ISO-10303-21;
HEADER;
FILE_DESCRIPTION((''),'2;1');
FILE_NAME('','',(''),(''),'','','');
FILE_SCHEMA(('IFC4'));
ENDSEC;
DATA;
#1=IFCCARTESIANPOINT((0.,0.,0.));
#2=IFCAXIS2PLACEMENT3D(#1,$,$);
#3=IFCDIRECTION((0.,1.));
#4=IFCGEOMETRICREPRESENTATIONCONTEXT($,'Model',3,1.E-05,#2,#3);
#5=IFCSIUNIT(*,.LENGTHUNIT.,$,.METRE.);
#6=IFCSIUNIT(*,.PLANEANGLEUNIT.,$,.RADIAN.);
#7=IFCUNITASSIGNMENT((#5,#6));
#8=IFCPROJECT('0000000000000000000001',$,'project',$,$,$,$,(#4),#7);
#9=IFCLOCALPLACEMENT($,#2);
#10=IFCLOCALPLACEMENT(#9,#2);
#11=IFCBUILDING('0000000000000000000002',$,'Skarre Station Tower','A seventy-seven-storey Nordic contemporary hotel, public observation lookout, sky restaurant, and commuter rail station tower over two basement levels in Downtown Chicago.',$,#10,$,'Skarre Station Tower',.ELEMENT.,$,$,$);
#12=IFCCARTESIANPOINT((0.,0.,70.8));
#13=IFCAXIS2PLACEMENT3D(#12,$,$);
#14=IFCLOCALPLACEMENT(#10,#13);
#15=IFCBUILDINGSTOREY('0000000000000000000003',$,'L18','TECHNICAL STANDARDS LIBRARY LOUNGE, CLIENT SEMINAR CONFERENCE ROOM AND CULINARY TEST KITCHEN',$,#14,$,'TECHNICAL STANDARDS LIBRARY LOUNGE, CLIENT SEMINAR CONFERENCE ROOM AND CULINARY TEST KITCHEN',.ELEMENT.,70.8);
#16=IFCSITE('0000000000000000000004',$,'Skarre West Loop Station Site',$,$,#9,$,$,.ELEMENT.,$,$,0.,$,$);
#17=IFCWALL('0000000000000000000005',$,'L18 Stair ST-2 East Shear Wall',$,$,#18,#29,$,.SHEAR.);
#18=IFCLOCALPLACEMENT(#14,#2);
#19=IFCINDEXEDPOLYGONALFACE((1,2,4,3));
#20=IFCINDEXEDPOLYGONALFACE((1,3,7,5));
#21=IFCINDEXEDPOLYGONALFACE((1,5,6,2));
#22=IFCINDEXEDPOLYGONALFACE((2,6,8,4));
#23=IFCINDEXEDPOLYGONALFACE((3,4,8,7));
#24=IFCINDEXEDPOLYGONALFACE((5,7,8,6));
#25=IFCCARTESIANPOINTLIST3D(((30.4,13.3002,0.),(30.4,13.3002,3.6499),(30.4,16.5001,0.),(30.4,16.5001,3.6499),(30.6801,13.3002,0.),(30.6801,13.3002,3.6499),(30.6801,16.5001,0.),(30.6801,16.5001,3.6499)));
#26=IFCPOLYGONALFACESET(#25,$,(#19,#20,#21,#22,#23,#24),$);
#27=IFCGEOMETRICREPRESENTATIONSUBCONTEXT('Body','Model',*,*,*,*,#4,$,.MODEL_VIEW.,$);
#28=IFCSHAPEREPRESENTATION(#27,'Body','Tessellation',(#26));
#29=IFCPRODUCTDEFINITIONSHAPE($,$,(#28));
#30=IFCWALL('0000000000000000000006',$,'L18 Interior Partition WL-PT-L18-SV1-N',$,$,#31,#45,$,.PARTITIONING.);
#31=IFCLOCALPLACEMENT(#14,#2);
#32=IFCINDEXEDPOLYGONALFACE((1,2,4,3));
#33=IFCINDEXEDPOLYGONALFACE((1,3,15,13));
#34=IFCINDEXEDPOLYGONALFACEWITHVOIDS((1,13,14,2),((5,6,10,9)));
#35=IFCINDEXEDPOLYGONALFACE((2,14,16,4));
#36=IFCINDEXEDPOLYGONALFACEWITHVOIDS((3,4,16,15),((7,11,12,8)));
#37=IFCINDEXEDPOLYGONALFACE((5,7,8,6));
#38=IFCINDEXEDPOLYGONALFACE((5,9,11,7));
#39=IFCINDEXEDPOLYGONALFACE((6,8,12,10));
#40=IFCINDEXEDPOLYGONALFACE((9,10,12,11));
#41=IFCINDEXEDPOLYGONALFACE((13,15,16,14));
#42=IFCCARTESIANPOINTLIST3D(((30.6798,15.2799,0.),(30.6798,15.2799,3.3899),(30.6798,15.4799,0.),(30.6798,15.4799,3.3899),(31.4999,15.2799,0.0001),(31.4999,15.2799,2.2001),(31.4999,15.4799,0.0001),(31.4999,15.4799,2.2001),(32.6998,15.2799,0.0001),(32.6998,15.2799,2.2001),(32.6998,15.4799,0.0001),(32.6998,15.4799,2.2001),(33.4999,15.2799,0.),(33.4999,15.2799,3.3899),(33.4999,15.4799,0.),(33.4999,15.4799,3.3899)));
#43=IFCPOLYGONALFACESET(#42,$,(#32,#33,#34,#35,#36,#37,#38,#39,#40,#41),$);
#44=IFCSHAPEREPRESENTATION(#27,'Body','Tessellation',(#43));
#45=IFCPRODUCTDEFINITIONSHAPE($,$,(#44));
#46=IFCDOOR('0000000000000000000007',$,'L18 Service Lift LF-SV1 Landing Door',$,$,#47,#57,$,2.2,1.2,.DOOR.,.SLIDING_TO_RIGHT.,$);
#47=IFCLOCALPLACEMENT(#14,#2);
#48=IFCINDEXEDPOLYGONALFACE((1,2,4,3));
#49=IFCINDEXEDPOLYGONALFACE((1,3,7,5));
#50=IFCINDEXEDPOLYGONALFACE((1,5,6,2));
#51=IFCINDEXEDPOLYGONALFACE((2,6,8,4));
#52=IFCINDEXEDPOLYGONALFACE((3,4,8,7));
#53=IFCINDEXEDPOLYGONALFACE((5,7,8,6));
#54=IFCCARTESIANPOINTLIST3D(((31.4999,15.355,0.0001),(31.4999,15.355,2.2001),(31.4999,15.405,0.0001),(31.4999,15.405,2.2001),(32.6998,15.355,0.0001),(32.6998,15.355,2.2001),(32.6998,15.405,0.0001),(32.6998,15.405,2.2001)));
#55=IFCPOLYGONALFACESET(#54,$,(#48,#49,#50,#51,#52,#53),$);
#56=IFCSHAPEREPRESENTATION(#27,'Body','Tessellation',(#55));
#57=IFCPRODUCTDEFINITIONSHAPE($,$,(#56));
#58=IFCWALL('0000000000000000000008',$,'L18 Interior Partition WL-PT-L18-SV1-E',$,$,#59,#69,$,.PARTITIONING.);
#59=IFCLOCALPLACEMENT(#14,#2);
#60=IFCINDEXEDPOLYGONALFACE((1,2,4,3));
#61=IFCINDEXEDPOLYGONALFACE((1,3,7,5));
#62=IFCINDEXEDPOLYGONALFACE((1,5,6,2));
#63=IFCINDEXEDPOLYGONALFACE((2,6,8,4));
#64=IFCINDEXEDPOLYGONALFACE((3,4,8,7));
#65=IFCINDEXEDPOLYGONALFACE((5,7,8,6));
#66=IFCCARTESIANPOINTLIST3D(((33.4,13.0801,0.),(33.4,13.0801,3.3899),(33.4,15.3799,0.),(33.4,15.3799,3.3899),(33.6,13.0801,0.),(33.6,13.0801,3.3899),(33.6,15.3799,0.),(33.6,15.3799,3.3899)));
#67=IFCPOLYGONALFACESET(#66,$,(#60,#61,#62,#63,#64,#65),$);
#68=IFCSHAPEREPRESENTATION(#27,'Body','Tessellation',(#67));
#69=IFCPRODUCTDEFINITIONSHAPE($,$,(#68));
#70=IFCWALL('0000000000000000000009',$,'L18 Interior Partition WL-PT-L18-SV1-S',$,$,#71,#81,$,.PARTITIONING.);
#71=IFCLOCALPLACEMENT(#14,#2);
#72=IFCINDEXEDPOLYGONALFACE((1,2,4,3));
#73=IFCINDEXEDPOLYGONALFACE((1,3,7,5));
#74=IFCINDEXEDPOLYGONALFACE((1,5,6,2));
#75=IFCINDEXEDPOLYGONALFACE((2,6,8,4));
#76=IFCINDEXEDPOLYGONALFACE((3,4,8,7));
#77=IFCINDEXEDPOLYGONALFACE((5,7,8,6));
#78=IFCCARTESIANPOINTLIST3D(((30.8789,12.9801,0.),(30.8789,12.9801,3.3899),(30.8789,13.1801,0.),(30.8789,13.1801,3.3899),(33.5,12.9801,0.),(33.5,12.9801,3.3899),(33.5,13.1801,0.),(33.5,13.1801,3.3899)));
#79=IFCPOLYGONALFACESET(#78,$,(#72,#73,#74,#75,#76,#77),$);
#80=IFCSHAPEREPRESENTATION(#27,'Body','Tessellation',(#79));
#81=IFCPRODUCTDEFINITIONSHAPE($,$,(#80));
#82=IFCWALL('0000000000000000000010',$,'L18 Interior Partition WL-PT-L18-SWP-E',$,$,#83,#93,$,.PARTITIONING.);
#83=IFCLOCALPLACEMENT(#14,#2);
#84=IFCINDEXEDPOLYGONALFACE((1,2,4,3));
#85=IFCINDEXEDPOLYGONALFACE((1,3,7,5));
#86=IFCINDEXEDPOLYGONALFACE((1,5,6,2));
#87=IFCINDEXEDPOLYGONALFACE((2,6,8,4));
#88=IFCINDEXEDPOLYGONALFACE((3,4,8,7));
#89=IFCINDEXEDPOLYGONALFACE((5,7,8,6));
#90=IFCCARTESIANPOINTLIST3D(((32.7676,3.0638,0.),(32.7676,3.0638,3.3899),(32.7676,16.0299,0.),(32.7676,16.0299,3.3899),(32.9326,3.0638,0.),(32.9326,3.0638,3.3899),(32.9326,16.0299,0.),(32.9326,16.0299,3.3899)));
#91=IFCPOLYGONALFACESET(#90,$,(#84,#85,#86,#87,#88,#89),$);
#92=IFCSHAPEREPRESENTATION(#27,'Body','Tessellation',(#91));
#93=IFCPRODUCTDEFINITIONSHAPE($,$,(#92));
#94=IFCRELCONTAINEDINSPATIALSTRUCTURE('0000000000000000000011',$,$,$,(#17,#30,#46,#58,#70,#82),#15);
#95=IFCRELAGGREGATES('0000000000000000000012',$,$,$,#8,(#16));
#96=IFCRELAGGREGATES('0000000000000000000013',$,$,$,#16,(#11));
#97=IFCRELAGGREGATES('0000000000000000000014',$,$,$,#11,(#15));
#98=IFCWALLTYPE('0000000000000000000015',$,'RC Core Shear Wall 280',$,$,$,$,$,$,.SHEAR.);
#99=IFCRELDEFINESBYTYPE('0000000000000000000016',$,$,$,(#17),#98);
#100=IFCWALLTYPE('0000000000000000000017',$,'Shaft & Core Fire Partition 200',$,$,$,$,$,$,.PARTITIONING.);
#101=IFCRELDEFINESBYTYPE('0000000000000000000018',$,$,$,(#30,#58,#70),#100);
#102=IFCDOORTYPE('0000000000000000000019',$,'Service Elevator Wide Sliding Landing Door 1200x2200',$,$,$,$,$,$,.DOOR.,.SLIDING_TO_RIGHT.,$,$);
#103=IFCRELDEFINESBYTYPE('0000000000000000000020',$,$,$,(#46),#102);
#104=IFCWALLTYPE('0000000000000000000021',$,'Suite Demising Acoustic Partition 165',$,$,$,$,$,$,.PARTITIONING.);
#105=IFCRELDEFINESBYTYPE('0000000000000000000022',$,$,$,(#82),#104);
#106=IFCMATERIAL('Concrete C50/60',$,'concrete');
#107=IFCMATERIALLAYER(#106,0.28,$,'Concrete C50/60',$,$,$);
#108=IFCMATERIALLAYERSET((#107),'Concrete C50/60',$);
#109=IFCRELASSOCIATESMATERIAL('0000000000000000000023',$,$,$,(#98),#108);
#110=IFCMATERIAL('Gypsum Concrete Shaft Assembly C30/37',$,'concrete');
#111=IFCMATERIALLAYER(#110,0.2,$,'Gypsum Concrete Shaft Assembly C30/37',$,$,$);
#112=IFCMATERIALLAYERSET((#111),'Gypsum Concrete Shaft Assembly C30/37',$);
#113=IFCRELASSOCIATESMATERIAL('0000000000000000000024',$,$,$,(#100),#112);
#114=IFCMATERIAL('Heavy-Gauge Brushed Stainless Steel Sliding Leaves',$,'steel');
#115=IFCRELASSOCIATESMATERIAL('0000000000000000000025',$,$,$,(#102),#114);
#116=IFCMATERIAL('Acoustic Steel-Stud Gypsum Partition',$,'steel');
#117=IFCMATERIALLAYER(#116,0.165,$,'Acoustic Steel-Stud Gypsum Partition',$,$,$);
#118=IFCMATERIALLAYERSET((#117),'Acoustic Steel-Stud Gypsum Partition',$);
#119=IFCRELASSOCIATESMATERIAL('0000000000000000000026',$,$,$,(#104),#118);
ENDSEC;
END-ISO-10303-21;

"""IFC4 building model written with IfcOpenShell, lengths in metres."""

from ifc_helpers import new_model, si_unit, direction, frame, frame_2d, origin, place, context, subcontext, project, spatial, rectangle, extrude, material, layer, layer_set, type_object, element, fill, save


model = new_model("IFC4")

# Units and contexts
model_context = context("Model", 3, precision=1e-05, world=origin(), true_north=direction((0.0, 1.0)))
body_context = subcontext(model_context, "Body", "Model", "MODEL_VIEW")
ifc_project = project(units=[si_unit("LENGTHUNIT", "METRE"), si_unit("PLANEANGLEUNIT", "RADIAN")], contexts=[model_context])

# Site, building, storey
site_placement = place(None, origin())
site = spatial("IfcSite", under=ifc_project, at=site_placement, Name="Skarre West Loop Station Site", CompositionType="ELEMENT", RefElevation=0.0)
building_placement = place(site_placement, origin())
building = spatial("IfcBuilding", under=site, at=building_placement, Name="Skarre Station Tower", Description="A seventy-seven-storey Nordic contemporary hotel, public observation lookout, sky restaurant, and commuter rail station tower over two basement levels in Downtown Chicago.", LongName="Skarre Station Tower", CompositionType="ELEMENT")
storey_placement = place(building_placement, frame((0.0, 0.0, 70.8)))
storey = spatial("IfcBuildingStorey", under=building, at=storey_placement, Name="L18", Description="TECHNICAL STANDARDS LIBRARY LOUNGE, CLIENT SEMINAR CONFERENCE ROOM AND CULINARY TEST KITCHEN", LongName="TECHNICAL STANDARDS LIBRARY LOUNGE, CLIENT SEMINAR CONFERENCE ROOM AND CULINARY TEST KITCHEN", CompositionType="ELEMENT", Elevation=70.8)

# Shared definitions
ifc_material_1 = material(Name="Acoustic Steel-Stud Gypsum Partition", Category="steel")

# Shared definitions
ifc_material_2 = material(Name="Concrete C50/60", Category="concrete")
ifc_layer_1 = layer(ifc_material_2, 0.28, Name="Concrete C50/60")
ifc_layer_set_1 = layer_set([ifc_layer_1], Name="Concrete C50/60")
wall_type_1 = type_object("IfcWallType", Name="RC Core Shear Wall 280", PredefinedType="SHEAR", material=ifc_layer_set_1)

# Wall
wall_1_placement = place(storey_placement, frame((30.54, 13.3, 0.0), z_axis=(0.0, 0.0, 1.0), x_axis=(0.0, 1.0, 0.0)))
element("IfcWall", 1, at=wall_1_placement, inside=storey, type_object=wall_type_1, Name="L18 Stair ST-2 East Shear Wall", PredefinedType="SHEAR", context=body_context, shape_type="SweptSolid", body=[
    extrude(rectangle(XDim=3.2, YDim=0.28, at=frame_2d((1.6001, 0.0))), origin(), (0.0, 0.0, 1.0), 3.6499),
])

# Wall, opening, door
ifc_material_3 = material(Name="Gypsum Concrete Shaft Assembly C30/37", Category="concrete")
ifc_layer_2 = layer(ifc_material_3, 0.2, Name="Gypsum Concrete Shaft Assembly C30/37")
ifc_layer_set_2 = layer_set([ifc_layer_2], Name="Gypsum Concrete Shaft Assembly C30/37")
wall_type_2 = type_object("IfcWallType", Name="Shaft & Core Fire Partition 200", PredefinedType="PARTITIONING", material=ifc_layer_set_2)
wall_2_placement = place(storey_placement, frame((33.5, 15.3799, 0.0), z_axis=(0.0, 0.0, 1.0), x_axis=(-1.0, 0.0, 0.0)))
wall_2 = element("IfcWall", 2, at=wall_2_placement, inside=storey, type_object=wall_type_2, Name="L18 Interior Partition WL-PT-L18-SV1-N", PredefinedType="PARTITIONING", context=body_context, shape_type="SweptSolid", body=[
    extrude(rectangle(XDim=2.8201, YDim=0.2, at=frame_2d((1.4102, 0.0))), origin(), (0.0, 0.0, 1.0), 3.3899),
])
opening_1_placement = place(wall_2_placement, frame((0.8, 0.0, 0.0)))
opening_1 = element("IfcOpeningElement", 3, at=opening_1_placement, cuts=wall_2, PredefinedType="OPENING", context=body_context, shape_type="SweptSolid", body=[
    extrude(rectangle(XDim=1.2, YDim=2.2, at=frame_2d((0.6001, 1.1001))), frame((0.0, 0.1099, 0.0), z_axis=(0.0, -1.0, 0.0), x_axis=(1.0, 0.0, 0.0)), (0.0, 0.0, 1.0), 0.22),
])
ifc_material_4 = material(Name="Heavy-Gauge Brushed Stainless Steel Sliding Leaves", Category="steel")
door_type_1 = type_object("IfcDoorType", Name="Service Elevator Wide Sliding Landing Door 1200x2200", OperationType="SLIDING_TO_RIGHT", PredefinedType="DOOR", material=ifc_material_4)
door_1_placement = place(opening_1_placement, origin())
door_1 = element("IfcDoor", 4, at=door_1_placement, inside=storey, type_object=door_type_1, Name="L18 Service Lift LF-SV1 Landing Door", OperationType="SLIDING_TO_RIGHT", OverallHeight=2.2, OverallWidth=1.2, PredefinedType="DOOR", context=body_context, shape_type="SweptSolid", body=[
    extrude(rectangle(XDim=1.2, YDim=2.2, at=frame_2d((0.6001, 1.1001))), frame((0.0, 0.0249, 0.0), z_axis=(0.0, -1.0, 0.0), x_axis=(1.0, 0.0, 0.0)), (0.0, 0.0, 1.0), 0.05),
])
fill(opening_1, door_1)

# Walls
wall_3_placement = place(storey_placement, frame((33.5, 13.0801, 0.0), z_axis=(0.0, 0.0, 1.0), x_axis=(0.0, 1.0, 0.0)))
element("IfcWall", 5, at=wall_3_placement, inside=storey, type_object=wall_type_2, Name="L18 Interior Partition WL-PT-L18-SV1-E", PredefinedType="PARTITIONING", context=body_context, shape_type="SweptSolid", body=[
    extrude(rectangle(XDim=2.2998, YDim=0.2, at=frame_2d((1.1499, 0.0))), origin(), (0.0, 0.0, 1.0), 3.3899),
])
wall_4_placement = place(storey_placement, frame((30.8789, 13.0801, 0.0), z_axis=(0.0, 0.0, 1.0), x_axis=(1.0, 0.0, 0.0)))
element("IfcWall", 6, at=wall_4_placement, inside=storey, type_object=wall_type_2, Name="L18 Interior Partition WL-PT-L18-SV1-S", PredefinedType="PARTITIONING", context=body_context, shape_type="SweptSolid", body=[
    extrude(rectangle(XDim=2.6211, YDim=0.2, at=frame_2d((1.3105, 0.0))), origin(), (0.0, 0.0, 1.0), 3.3899),
])
ifc_layer_3 = layer(ifc_material_1, 0.165, Name="Acoustic Steel-Stud Gypsum Partition")
ifc_layer_set_3 = layer_set([ifc_layer_3], Name="Acoustic Steel-Stud Gypsum Partition")
wall_type_3 = type_object("IfcWallType", Name="Suite Demising Acoustic Partition 165", PredefinedType="PARTITIONING", material=ifc_layer_set_3)
wall_5_placement = place(storey_placement, frame((32.8501, 3.064, 0.0), z_axis=(0.0, 0.0, 1.0), x_axis=(0.0, 1.0, 0.0)))
element("IfcWall", 7, at=wall_5_placement, inside=storey, type_object=wall_type_3, Name="L18 Interior Partition WL-PT-L18-SWP-E", PredefinedType="PARTITIONING", context=body_context, shape_type="SweptSolid", body=[
    extrude(rectangle(XDim=12.9661, YDim=0.165, at=frame_2d((6.4829, 0.0))), origin(), (0.0, 0.0, 1.0), 3.3899),
])

save(model, "model.ifc")
